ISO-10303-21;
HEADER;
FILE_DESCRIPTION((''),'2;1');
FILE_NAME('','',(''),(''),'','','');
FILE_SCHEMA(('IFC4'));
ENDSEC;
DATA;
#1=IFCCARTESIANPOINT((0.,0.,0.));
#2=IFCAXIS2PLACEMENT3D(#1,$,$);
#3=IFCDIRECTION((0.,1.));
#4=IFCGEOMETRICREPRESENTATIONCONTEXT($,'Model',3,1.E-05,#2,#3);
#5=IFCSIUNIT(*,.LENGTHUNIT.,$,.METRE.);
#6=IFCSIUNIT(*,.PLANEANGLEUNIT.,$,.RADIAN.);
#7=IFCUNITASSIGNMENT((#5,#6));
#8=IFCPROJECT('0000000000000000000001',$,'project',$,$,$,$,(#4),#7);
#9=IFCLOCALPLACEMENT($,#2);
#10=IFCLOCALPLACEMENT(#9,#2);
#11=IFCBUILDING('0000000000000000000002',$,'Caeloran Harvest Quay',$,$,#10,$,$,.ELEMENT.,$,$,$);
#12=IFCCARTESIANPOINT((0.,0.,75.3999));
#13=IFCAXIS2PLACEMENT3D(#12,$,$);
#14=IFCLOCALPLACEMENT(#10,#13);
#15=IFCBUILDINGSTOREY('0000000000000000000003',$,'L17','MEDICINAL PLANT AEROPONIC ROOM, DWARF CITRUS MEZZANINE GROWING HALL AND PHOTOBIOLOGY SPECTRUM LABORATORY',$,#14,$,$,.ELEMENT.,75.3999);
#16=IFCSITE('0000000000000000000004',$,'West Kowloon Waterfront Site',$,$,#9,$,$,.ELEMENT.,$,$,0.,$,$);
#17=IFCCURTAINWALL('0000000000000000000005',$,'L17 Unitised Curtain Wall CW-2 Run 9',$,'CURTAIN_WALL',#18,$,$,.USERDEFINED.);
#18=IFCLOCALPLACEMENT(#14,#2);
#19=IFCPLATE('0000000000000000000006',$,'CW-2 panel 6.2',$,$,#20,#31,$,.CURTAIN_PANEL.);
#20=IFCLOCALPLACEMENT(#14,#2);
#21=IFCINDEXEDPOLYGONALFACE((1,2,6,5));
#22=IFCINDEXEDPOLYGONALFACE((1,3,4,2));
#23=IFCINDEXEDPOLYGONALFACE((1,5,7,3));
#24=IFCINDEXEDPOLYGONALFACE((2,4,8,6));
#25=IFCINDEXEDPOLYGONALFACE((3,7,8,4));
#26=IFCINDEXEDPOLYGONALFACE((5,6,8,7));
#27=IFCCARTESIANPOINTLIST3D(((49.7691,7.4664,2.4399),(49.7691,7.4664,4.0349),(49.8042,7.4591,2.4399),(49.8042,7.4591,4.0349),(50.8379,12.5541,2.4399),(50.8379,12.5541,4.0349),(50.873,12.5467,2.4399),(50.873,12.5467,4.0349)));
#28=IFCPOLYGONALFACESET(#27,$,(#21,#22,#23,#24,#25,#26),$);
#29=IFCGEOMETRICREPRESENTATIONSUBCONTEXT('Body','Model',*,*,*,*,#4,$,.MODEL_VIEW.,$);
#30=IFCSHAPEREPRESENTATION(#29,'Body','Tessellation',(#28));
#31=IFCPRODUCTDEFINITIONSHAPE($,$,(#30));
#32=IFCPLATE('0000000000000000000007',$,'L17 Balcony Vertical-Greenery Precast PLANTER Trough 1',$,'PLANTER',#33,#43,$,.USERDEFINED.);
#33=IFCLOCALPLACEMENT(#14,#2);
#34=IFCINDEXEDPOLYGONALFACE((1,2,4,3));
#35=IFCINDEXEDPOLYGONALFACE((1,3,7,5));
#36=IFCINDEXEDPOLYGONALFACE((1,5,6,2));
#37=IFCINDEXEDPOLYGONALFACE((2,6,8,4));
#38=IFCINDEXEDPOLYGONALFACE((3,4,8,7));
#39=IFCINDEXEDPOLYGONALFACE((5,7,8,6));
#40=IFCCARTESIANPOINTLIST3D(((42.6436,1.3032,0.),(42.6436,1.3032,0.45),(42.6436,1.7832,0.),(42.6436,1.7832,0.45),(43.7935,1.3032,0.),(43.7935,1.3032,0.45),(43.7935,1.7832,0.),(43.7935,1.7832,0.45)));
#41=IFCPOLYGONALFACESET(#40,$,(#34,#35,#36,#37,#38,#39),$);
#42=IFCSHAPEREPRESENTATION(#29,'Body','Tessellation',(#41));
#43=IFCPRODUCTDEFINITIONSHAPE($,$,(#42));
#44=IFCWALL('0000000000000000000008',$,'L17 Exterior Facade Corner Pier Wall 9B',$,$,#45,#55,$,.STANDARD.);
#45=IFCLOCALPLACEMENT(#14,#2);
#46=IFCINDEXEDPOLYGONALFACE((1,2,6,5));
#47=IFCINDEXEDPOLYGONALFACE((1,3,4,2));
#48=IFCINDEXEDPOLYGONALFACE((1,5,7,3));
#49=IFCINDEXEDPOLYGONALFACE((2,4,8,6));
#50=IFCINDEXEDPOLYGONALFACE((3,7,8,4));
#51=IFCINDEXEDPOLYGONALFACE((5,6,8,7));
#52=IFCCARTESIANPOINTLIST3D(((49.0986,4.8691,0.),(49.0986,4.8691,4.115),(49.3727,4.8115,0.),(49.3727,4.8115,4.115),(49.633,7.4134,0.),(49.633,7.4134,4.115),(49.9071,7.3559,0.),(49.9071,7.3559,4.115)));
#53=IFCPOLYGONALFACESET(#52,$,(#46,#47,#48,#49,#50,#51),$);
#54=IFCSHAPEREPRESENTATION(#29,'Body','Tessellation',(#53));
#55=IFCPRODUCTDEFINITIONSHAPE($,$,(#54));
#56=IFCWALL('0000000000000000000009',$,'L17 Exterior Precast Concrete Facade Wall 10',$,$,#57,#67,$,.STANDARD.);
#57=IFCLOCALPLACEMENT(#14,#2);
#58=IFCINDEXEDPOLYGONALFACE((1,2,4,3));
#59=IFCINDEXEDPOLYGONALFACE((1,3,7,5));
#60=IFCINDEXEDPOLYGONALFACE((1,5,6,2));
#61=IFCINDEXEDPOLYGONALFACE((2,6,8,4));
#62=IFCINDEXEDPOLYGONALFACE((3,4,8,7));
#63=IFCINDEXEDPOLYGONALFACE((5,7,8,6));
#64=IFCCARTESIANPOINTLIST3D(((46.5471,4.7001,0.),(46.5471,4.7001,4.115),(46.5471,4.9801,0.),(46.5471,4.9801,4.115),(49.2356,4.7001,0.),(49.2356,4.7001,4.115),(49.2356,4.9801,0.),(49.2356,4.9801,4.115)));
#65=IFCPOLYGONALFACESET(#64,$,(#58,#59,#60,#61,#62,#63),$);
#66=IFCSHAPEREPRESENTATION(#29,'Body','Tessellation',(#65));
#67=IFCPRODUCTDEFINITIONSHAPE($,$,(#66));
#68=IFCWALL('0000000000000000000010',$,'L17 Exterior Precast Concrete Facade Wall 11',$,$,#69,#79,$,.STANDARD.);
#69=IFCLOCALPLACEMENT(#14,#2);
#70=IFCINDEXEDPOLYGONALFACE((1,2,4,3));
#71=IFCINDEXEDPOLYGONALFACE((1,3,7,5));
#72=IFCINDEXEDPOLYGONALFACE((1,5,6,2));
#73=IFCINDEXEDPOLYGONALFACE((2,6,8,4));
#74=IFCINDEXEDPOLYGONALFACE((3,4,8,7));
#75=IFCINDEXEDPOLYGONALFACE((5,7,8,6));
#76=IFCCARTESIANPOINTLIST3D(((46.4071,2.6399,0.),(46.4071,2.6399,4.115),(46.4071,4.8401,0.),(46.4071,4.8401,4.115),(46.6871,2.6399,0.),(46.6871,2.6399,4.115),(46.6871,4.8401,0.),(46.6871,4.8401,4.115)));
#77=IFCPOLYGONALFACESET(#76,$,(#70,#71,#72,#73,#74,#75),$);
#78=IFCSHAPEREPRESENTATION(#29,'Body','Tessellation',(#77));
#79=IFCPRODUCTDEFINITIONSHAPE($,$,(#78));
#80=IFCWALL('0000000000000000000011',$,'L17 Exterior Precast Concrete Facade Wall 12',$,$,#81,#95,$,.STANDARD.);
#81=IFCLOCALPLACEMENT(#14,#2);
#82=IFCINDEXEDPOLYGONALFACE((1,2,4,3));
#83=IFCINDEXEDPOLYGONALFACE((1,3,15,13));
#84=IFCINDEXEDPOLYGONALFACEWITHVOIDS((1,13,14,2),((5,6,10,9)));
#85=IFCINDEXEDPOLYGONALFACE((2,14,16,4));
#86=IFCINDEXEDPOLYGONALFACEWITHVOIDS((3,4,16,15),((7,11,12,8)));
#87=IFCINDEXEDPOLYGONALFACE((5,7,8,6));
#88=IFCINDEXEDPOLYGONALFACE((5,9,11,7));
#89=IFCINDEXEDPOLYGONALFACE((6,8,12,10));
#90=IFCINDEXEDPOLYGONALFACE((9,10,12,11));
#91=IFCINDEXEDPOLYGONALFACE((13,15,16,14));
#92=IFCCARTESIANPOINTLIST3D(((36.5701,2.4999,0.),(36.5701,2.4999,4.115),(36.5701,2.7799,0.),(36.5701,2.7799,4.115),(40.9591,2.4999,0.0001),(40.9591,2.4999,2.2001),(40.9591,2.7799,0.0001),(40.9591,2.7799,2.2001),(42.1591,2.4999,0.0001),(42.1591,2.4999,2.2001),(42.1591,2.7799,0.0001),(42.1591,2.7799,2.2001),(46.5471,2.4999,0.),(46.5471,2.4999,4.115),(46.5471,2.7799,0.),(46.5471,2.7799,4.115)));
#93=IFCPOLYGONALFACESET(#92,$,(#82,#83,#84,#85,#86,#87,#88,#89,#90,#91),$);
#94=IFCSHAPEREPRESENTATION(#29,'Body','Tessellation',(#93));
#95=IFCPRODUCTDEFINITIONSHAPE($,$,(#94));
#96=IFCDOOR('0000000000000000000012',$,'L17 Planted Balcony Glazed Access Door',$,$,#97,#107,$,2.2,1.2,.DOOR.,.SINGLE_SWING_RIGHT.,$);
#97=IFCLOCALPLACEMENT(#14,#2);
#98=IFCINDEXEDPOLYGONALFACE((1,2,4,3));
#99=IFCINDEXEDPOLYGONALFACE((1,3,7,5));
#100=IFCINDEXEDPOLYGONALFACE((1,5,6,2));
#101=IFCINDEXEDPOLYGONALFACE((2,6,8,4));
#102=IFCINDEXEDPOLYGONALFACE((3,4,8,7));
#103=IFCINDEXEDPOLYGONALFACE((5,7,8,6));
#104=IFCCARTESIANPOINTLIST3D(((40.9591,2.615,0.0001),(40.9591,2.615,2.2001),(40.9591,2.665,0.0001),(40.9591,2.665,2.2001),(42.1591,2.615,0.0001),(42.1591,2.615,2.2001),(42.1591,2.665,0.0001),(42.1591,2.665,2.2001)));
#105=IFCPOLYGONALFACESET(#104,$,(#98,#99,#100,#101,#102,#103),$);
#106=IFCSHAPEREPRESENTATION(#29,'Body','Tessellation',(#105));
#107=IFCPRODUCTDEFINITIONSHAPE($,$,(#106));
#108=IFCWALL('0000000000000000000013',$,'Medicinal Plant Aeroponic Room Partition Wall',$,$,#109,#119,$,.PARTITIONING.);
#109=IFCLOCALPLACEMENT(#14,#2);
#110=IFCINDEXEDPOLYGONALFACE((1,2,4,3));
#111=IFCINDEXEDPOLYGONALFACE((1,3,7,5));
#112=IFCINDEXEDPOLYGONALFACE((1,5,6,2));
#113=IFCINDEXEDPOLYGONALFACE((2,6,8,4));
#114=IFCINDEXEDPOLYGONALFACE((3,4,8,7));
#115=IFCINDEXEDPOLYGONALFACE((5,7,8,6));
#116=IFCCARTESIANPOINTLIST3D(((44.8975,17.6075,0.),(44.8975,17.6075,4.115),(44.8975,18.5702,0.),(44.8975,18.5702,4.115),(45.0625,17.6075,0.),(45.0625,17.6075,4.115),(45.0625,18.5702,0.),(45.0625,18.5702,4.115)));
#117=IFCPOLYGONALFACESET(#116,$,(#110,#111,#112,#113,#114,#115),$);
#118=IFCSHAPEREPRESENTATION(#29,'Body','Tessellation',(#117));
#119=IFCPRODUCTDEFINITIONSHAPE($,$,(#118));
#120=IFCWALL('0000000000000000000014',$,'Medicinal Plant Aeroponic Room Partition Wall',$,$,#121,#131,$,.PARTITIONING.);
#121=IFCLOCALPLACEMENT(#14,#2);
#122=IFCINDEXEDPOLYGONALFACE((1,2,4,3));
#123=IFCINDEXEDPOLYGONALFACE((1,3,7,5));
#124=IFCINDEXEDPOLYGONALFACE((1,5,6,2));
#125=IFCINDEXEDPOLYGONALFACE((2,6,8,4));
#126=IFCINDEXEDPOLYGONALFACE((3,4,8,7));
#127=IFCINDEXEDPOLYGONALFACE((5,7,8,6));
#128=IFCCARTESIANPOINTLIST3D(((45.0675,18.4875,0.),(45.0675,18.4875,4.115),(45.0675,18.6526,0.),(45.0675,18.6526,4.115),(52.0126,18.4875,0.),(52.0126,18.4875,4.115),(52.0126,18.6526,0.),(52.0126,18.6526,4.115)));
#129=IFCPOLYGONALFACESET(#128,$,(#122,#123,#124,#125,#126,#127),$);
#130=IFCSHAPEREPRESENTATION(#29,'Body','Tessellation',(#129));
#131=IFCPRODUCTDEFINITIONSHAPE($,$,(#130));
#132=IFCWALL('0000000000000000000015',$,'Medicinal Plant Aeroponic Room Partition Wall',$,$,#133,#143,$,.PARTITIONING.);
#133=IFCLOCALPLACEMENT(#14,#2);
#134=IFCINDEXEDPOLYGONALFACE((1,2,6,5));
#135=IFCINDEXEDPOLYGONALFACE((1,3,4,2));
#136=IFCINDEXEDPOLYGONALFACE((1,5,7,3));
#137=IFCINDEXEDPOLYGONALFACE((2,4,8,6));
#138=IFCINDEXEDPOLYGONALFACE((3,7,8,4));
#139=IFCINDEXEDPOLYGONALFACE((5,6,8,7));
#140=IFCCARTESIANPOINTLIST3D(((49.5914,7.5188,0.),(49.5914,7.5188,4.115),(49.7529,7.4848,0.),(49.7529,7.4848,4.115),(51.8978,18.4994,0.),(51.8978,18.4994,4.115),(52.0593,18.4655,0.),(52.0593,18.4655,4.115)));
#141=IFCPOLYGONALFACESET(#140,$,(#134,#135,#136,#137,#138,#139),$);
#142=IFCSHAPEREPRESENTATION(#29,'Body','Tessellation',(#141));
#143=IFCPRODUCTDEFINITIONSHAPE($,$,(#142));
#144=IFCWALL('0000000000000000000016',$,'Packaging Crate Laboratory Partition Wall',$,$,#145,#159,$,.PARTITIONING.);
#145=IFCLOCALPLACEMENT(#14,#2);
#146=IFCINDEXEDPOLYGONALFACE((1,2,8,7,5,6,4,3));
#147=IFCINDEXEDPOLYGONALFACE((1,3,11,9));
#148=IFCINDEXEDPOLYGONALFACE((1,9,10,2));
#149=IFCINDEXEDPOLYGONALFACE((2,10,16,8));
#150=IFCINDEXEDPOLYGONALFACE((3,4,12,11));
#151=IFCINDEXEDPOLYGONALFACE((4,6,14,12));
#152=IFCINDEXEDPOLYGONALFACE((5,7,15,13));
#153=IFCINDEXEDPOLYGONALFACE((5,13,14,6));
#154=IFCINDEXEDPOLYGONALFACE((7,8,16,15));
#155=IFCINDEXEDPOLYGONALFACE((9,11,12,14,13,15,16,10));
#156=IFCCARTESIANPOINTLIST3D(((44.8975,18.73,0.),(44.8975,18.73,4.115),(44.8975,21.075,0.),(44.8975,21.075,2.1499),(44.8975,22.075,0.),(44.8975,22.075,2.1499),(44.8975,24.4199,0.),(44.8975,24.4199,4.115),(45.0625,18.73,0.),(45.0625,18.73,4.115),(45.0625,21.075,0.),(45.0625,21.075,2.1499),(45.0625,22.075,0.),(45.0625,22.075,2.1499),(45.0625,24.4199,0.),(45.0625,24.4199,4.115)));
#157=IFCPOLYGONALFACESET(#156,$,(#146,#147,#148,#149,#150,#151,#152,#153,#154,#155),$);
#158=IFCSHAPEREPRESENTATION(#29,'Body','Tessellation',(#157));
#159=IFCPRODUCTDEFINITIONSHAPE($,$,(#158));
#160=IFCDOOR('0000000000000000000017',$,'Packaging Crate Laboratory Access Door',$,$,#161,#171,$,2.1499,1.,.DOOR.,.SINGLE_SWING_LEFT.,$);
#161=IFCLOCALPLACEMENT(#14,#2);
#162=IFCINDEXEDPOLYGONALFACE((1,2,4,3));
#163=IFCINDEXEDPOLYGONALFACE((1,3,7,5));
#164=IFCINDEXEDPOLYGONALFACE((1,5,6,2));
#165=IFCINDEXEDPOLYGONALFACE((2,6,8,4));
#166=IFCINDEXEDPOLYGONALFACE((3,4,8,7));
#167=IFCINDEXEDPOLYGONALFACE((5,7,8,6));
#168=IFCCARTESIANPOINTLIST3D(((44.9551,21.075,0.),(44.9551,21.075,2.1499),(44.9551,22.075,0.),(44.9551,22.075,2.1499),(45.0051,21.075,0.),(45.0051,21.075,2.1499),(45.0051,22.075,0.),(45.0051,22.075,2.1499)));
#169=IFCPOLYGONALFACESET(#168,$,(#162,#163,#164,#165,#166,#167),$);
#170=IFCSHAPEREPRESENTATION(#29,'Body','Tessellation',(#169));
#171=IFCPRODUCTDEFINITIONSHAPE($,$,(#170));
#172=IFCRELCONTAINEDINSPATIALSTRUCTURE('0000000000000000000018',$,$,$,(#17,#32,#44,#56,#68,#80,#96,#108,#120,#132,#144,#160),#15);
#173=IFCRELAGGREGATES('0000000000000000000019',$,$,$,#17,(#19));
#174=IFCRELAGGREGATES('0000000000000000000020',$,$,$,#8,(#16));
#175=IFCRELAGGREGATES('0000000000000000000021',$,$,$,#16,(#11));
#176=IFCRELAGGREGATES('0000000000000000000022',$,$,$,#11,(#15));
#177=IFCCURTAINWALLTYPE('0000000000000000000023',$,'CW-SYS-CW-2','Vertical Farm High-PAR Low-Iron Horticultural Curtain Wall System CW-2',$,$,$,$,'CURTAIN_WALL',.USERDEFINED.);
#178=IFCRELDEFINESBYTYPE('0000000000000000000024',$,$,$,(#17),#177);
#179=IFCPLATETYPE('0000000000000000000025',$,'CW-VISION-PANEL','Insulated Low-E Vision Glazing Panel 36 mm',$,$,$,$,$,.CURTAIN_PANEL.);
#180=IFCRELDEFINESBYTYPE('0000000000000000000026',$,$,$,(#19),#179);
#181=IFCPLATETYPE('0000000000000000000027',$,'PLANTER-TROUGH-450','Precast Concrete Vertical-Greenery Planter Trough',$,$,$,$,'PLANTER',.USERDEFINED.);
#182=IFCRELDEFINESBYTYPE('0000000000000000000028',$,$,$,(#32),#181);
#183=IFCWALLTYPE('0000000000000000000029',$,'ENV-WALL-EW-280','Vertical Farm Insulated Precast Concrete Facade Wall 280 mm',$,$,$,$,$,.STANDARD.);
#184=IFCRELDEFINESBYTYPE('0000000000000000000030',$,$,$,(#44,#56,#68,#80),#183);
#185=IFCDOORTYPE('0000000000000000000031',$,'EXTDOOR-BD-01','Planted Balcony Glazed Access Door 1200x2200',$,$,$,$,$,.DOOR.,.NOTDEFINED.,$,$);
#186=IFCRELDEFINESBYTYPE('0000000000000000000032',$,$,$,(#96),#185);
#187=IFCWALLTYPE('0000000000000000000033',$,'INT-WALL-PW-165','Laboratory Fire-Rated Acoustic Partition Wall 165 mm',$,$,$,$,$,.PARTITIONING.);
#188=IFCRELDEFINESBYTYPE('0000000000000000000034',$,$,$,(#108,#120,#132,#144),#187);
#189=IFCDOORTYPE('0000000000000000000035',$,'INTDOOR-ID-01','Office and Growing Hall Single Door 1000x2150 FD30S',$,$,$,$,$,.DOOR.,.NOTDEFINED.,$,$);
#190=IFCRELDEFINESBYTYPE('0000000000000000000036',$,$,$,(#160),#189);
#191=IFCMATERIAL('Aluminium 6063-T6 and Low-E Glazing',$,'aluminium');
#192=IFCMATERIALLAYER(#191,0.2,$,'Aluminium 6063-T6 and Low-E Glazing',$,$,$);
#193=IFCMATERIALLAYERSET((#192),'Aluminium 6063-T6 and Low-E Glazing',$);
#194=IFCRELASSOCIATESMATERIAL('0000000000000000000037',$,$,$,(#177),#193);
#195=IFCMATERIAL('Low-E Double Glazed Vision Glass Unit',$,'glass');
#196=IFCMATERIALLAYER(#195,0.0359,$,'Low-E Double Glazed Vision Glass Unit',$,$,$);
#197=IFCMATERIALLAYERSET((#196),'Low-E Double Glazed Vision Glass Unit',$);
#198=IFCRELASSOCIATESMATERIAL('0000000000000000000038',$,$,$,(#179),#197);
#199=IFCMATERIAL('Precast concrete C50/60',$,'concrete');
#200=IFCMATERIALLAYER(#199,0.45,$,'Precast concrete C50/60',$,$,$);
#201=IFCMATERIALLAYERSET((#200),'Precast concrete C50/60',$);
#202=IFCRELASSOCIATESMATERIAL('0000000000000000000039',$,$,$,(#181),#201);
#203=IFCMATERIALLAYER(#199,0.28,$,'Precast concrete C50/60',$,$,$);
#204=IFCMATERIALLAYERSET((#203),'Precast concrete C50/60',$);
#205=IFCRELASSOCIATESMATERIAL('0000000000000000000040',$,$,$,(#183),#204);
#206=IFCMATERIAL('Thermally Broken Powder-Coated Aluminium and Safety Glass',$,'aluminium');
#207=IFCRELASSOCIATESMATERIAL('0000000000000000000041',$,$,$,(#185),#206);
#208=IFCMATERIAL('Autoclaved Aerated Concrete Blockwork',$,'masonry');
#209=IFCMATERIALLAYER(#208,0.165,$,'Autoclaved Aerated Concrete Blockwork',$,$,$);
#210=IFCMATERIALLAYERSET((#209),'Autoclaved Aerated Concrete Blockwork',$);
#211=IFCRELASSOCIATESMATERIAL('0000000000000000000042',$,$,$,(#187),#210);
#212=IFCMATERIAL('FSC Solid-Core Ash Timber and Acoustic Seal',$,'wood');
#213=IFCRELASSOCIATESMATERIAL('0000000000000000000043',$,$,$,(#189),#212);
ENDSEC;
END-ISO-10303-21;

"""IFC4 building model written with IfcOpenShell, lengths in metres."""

from ifc_helpers import new_model, si_unit, direction, frame, frame_2d, origin, origin_2d, place, context, subcontext, project, spatial, rectangle, extrude, material, layer, layer_set, type_object, element, fill, aggregate, save


model = new_model("IFC4")

# Units and contexts
model_context = context("Model", 3, precision=1e-05, world=origin(), true_north=direction((0.0, 1.0)))
body_context = subcontext(model_context, "Body", "Model", "MODEL_VIEW")
ifc_project = project(units=[si_unit("LENGTHUNIT", "METRE"), si_unit("PLANEANGLEUNIT", "RADIAN")], contexts=[model_context])

# Site, building, storey
site_placement = place(None, origin())
site = spatial("IfcSite", under=ifc_project, at=site_placement, Name="West Kowloon Waterfront Site", CompositionType="ELEMENT", RefElevation=0.0)
building_placement = place(site_placement, origin())
building = spatial("IfcBuilding", under=site, at=building_placement, Name="Caeloran Harvest Quay", CompositionType="ELEMENT")
storey_placement = place(building_placement, frame((0.0, 0.0, 75.3999)))
storey = spatial("IfcBuildingStorey", under=building, at=storey_placement, Name="L17", Description="MEDICINAL PLANT AEROPONIC ROOM, DWARF CITRUS MEZZANINE GROWING HALL AND PHOTOBIOLOGY SPECTRUM LABORATORY", CompositionType="ELEMENT", Elevation=75.3999)

# Curtain wall, plate
ifc_material_1 = material(Name="Aluminium 6063-T6 and Low-E Glazing", Category="aluminium")
ifc_layer_1 = layer(ifc_material_1, 0.2, Name="Aluminium 6063-T6 and Low-E Glazing")
ifc_layer_set_1 = layer_set([ifc_layer_1], Name="Aluminium 6063-T6 and Low-E Glazing")
curtain_wall_type = type_object("IfcCurtainWallType", Name="CW-SYS-CW-2", Description="Vertical Farm High-PAR Low-Iron Horticultural Curtain Wall System CW-2", ElementType="CURTAIN_WALL", PredefinedType="USERDEFINED", material=ifc_layer_set_1)
curtain_wall_placement = place(storey_placement, origin())
curtain_wall = element("IfcCurtainWall", 1, at=curtain_wall_placement, inside=storey, type_object=curtain_wall_type, Name="L17 Unitised Curtain Wall CW-2 Run 9", ObjectType="CURTAIN_WALL", PredefinedType="USERDEFINED")
ifc_material_2 = material(Name="Low-E Double Glazed Vision Glass Unit", Category="glass")
ifc_layer_2 = layer(ifc_material_2, 0.0359, Name="Low-E Double Glazed Vision Glass Unit")
ifc_layer_set_2 = layer_set([ifc_layer_2], Name="Low-E Double Glazed Vision Glass Unit")
plate_type_1 = type_object("IfcPlateType", Name="CW-VISION-PANEL", Description="Insulated Low-E Vision Glazing Panel 36 mm", PredefinedType="CURTAIN_PANEL", material=ifc_layer_set_2)
plate_1_placement = place(storey_placement, frame((50.321, 10.0066, 2.4399), z_axis=(0.0, 0.0, 1.0), x_axis=(-0.205583, -0.97864, 0.0)))
plate_1 = element("IfcPlate", 2, at=plate_1_placement, type_object=plate_type_1, Name="CW-2 panel 6.2", PredefinedType="CURTAIN_PANEL", context=body_context, shape_type="SweptSolid", body=[
    extrude(rectangle(XDim=5.1987, YDim=0.0359, at=origin_2d()), origin(), (0.0, 0.0, 1.0), 1.595),
])
aggregate(curtain_wall, [plate_1])

# Plate
ifc_material_3 = material(Name="Precast concrete C50/60", Category="concrete")
ifc_layer_3 = layer(ifc_material_3, 0.45, Name="Precast concrete C50/60")
ifc_layer_set_3 = layer_set([ifc_layer_3], Name="Precast concrete C50/60")
plate_type_2 = type_object("IfcPlateType", Name="PLANTER-TROUGH-450", Description="Precast Concrete Vertical-Greenery Planter Trough", ElementType="PLANTER", PredefinedType="USERDEFINED", material=ifc_layer_set_3)
plate_2_placement = place(storey_placement, frame((43.2185, 1.5432, 0.0), z_axis=(0.0, 0.0, 1.0), x_axis=(1.0, 0.0, 0.0)))
element("IfcPlate", 3, at=plate_2_placement, inside=storey, type_object=plate_type_2, Name="L17 Balcony Vertical-Greenery Precast PLANTER Trough 1", ObjectType="PLANTER", PredefinedType="USERDEFINED", context=body_context, shape_type="SweptSolid", body=[
    extrude(rectangle(XDim=1.1499, YDim=0.48, at=origin_2d()), origin(), (0.0, 0.0, 1.0), 0.45),
])

# Walls
ifc_layer_4 = layer(ifc_material_3, 0.28, Name="Precast concrete C50/60")
ifc_layer_set_4 = layer_set([ifc_layer_4], Name="Precast concrete C50/60")
wall_type_1 = type_object("IfcWallType", Name="ENV-WALL-EW-280", Description="Vertical Farm Insulated Precast Concrete Facade Wall 280 mm", PredefinedType="STANDARD", material=ifc_layer_set_4)
wall_1_placement = place(storey_placement, frame((49.77, 7.3845, 0.0), z_axis=(0.0, 0.0, 1.0), x_axis=(-0.205551, -0.978646, 0.0)))
element("IfcWall", 4, at=wall_1_placement, inside=storey, type_object=wall_type_1, Name="L17 Exterior Facade Corner Pier Wall 9B", PredefinedType="STANDARD", context=body_context, shape_type="SweptSolid", body=[
    extrude(rectangle(XDim=2.5999, YDim=0.28, at=frame_2d((1.2998, 0.0))), origin(), (0.0, 0.0, 1.0), 4.115),
])
wall_2_placement = place(storey_placement, frame((49.2356, 4.8401, 0.0), z_axis=(0.0, 0.0, 1.0), x_axis=(-1.0, 0.0, 0.0)))
element("IfcWall", 5, at=wall_2_placement, inside=storey, type_object=wall_type_1, Name="L17 Exterior Precast Concrete Facade Wall 10", PredefinedType="STANDARD", context=body_context, shape_type="SweptSolid", body=[
    extrude(rectangle(XDim=2.6885, YDim=0.28, at=frame_2d((1.3442, 0.0))), origin(), (0.0, 0.0, 1.0), 4.115),
])
wall_3_placement = place(storey_placement, frame((46.5471, 4.8401, 0.0), z_axis=(0.0, 0.0, 1.0), x_axis=(0.0, -1.0, 0.0)))
element("IfcWall", 6, at=wall_3_placement, inside=storey, type_object=wall_type_1, Name="L17 Exterior Precast Concrete Facade Wall 11", PredefinedType="STANDARD", context=body_context, shape_type="SweptSolid", body=[
    extrude(rectangle(XDim=2.2002, YDim=0.28, at=frame_2d((1.1001, 0.0))), origin(), (0.0, 0.0, 1.0), 4.115),
])

# Wall, opening, door
wall_4_placement = place(storey_placement, frame((46.5471, 2.6399, 0.0), z_axis=(0.0, 0.0, 1.0), x_axis=(-1.0, 0.0, 0.0)))
wall_4 = element("IfcWall", 7, at=wall_4_placement, inside=storey, type_object=wall_type_1, Name="L17 Exterior Precast Concrete Facade Wall 12", PredefinedType="STANDARD", context=body_context, shape_type="SweptSolid", body=[
    extrude(rectangle(XDim=9.9771, YDim=0.28, at=frame_2d((4.9885, 0.0))), origin(), (0.0, 0.0, 1.0), 4.115),
])
opening_1_placement = place(wall_4_placement, frame((4.3879, 0.0, 0.0)))
opening_1 = element("IfcOpeningElement", 8, at=opening_1_placement, cuts=wall_4, PredefinedType="OPENING", context=body_context, shape_type="SweptSolid", body=[
    extrude(rectangle(XDim=1.2, YDim=2.2, at=frame_2d((0.6001, 1.1001))), frame((0.0, 0.1499, 0.0), z_axis=(0.0, -1.0, 0.0), x_axis=(1.0, 0.0, 0.0)), (0.0, 0.0, 1.0), 0.3),
])
ifc_material_4 = material(Name="Thermally Broken Powder-Coated Aluminium and Safety Glass", Category="aluminium")
door_type_1 = type_object("IfcDoorType", Name="EXTDOOR-BD-01", Description="Planted Balcony Glazed Access Door 1200x2200", OperationType="NOTDEFINED", PredefinedType="DOOR", material=ifc_material_4)
door_1_placement = place(opening_1_placement, origin())
door_1 = element("IfcDoor", 9, at=door_1_placement, inside=storey, type_object=door_type_1, Name="L17 Planted Balcony Glazed Access Door", OperationType="SINGLE_SWING_RIGHT", OverallHeight=2.2, OverallWidth=1.2, PredefinedType="DOOR", context=body_context, shape_type="SweptSolid", body=[
    extrude(rectangle(XDim=1.2, YDim=2.2, at=frame_2d((0.6001, 1.1001))), frame((0.0, 0.0249, 0.0), z_axis=(0.0, -1.0, 0.0), x_axis=(1.0, 0.0, 0.0)), (0.0, 0.0, 1.0), 0.05),
])
fill(opening_1, door_1)

# Walls
ifc_material_5 = material(Name="Autoclaved Aerated Concrete Blockwork", Category="masonry")
ifc_layer_5 = layer(ifc_material_5, 0.165, Name="Autoclaved Aerated Concrete Blockwork")
ifc_layer_set_5 = layer_set([ifc_layer_5], Name="Autoclaved Aerated Concrete Blockwork")
wall_type_2 = type_object("IfcWallType", Name="INT-WALL-PW-165", Description="Laboratory Fire-Rated Acoustic Partition Wall 165 mm", PredefinedType="PARTITIONING", material=ifc_layer_set_5)
wall_5_placement = place(storey_placement, frame((44.98, 17.6074, 0.0), z_axis=(0.0, 0.0, 1.0), x_axis=(0.0, 1.0, 0.0)))
element("IfcWall", 10, at=wall_5_placement, inside=storey, type_object=wall_type_2, Name="Medicinal Plant Aeroponic Room Partition Wall", PredefinedType="PARTITIONING", context=body_context, shape_type="SweptSolid", body=[
    extrude(rectangle(XDim=0.9626, YDim=0.165, at=frame_2d((0.4814, 0.0))), origin(), (0.0, 0.0, 1.0), 4.115),
])
wall_6_placement = place(storey_placement, frame((45.0674, 18.5701, 0.0), z_axis=(0.0, 0.0, 1.0), x_axis=(1.0, 0.0, 0.0)))
element("IfcWall", 11, at=wall_6_placement, inside=storey, type_object=wall_type_2, Name="Medicinal Plant Aeroponic Room Partition Wall", PredefinedType="PARTITIONING", context=body_context, shape_type="SweptSolid", body=[
    extrude(rectangle(XDim=6.9451, YDim=0.165, at=frame_2d((3.4727, 0.0))), origin(), (0.0, 0.0, 1.0), 4.115),
])
wall_7_placement = place(storey_placement, frame((51.9785, 18.4824, 0.0), z_axis=(0.0, 0.0, 1.0), x_axis=(-0.205555, -0.978645, 0.0)))
element("IfcWall", 12, at=wall_7_placement, inside=storey, type_object=wall_type_2, Name="Medicinal Plant Aeroponic Room Partition Wall", PredefinedType="PARTITIONING", context=body_context, shape_type="SweptSolid", body=[
    extrude(rectangle(XDim=11.2202, YDim=0.165, at=frame_2d((5.6101, 0.0))), origin(), (0.0, 0.0, 1.0), 4.115),
])

# Wall, opening, door
wall_8_placement = place(storey_placement, frame((44.98, 18.73, 0.0), z_axis=(0.0, 0.0, 1.0), x_axis=(0.0, 1.0, 0.0)))
wall_8 = element("IfcWall", 13, at=wall_8_placement, inside=storey, type_object=wall_type_2, Name="Packaging Crate Laboratory Partition Wall", PredefinedType="PARTITIONING", context=body_context, shape_type="SweptSolid", body=[
    extrude(rectangle(XDim=5.6899, YDim=0.165, at=frame_2d((2.845, 0.0))), origin(), (0.0, 0.0, 1.0), 4.115),
])
opening_2_placement = place(wall_8_placement, frame((2.345, 0.0, 0.0)))
opening_2 = element("IfcOpeningElement", 14, at=opening_2_placement, cuts=wall_8, PredefinedType="OPENING", context=body_context, shape_type="SweptSolid", body=[
    extrude(rectangle(XDim=1.0, YDim=2.1499, at=frame_2d((0.5, 1.075))), frame((0.0, 0.0925, 0.0), z_axis=(0.0, -1.0, 0.0), x_axis=(1.0, 0.0, 0.0)), (0.0, 0.0, 1.0), 0.1851),
])
ifc_material_6 = material(Name="FSC Solid-Core Ash Timber and Acoustic Seal", Category="wood")
door_type_2 = type_object("IfcDoorType", Name="INTDOOR-ID-01", Description="Office and Growing Hall Single Door 1000x2150 FD30S", OperationType="NOTDEFINED", PredefinedType="DOOR", material=ifc_material_6)
door_2_placement = place(opening_2_placement, origin())
door_2 = element("IfcDoor", 15, at=door_2_placement, inside=storey, type_object=door_type_2, Name="Packaging Crate Laboratory Access Door", OperationType="SINGLE_SWING_LEFT", OverallHeight=2.1499, OverallWidth=1.0, PredefinedType="DOOR", context=body_context, shape_type="SweptSolid", body=[
    extrude(rectangle(XDim=1.0, YDim=2.1499, at=frame_2d((0.5, 1.075))), frame((0.0, 0.0249, 0.0), z_axis=(0.0, -1.0, 0.0), x_axis=(1.0, 0.0, 0.0)), (0.0, 0.0, 1.0), 0.05),
])
fill(opening_2, door_2)

save(model, "model.ifc")
